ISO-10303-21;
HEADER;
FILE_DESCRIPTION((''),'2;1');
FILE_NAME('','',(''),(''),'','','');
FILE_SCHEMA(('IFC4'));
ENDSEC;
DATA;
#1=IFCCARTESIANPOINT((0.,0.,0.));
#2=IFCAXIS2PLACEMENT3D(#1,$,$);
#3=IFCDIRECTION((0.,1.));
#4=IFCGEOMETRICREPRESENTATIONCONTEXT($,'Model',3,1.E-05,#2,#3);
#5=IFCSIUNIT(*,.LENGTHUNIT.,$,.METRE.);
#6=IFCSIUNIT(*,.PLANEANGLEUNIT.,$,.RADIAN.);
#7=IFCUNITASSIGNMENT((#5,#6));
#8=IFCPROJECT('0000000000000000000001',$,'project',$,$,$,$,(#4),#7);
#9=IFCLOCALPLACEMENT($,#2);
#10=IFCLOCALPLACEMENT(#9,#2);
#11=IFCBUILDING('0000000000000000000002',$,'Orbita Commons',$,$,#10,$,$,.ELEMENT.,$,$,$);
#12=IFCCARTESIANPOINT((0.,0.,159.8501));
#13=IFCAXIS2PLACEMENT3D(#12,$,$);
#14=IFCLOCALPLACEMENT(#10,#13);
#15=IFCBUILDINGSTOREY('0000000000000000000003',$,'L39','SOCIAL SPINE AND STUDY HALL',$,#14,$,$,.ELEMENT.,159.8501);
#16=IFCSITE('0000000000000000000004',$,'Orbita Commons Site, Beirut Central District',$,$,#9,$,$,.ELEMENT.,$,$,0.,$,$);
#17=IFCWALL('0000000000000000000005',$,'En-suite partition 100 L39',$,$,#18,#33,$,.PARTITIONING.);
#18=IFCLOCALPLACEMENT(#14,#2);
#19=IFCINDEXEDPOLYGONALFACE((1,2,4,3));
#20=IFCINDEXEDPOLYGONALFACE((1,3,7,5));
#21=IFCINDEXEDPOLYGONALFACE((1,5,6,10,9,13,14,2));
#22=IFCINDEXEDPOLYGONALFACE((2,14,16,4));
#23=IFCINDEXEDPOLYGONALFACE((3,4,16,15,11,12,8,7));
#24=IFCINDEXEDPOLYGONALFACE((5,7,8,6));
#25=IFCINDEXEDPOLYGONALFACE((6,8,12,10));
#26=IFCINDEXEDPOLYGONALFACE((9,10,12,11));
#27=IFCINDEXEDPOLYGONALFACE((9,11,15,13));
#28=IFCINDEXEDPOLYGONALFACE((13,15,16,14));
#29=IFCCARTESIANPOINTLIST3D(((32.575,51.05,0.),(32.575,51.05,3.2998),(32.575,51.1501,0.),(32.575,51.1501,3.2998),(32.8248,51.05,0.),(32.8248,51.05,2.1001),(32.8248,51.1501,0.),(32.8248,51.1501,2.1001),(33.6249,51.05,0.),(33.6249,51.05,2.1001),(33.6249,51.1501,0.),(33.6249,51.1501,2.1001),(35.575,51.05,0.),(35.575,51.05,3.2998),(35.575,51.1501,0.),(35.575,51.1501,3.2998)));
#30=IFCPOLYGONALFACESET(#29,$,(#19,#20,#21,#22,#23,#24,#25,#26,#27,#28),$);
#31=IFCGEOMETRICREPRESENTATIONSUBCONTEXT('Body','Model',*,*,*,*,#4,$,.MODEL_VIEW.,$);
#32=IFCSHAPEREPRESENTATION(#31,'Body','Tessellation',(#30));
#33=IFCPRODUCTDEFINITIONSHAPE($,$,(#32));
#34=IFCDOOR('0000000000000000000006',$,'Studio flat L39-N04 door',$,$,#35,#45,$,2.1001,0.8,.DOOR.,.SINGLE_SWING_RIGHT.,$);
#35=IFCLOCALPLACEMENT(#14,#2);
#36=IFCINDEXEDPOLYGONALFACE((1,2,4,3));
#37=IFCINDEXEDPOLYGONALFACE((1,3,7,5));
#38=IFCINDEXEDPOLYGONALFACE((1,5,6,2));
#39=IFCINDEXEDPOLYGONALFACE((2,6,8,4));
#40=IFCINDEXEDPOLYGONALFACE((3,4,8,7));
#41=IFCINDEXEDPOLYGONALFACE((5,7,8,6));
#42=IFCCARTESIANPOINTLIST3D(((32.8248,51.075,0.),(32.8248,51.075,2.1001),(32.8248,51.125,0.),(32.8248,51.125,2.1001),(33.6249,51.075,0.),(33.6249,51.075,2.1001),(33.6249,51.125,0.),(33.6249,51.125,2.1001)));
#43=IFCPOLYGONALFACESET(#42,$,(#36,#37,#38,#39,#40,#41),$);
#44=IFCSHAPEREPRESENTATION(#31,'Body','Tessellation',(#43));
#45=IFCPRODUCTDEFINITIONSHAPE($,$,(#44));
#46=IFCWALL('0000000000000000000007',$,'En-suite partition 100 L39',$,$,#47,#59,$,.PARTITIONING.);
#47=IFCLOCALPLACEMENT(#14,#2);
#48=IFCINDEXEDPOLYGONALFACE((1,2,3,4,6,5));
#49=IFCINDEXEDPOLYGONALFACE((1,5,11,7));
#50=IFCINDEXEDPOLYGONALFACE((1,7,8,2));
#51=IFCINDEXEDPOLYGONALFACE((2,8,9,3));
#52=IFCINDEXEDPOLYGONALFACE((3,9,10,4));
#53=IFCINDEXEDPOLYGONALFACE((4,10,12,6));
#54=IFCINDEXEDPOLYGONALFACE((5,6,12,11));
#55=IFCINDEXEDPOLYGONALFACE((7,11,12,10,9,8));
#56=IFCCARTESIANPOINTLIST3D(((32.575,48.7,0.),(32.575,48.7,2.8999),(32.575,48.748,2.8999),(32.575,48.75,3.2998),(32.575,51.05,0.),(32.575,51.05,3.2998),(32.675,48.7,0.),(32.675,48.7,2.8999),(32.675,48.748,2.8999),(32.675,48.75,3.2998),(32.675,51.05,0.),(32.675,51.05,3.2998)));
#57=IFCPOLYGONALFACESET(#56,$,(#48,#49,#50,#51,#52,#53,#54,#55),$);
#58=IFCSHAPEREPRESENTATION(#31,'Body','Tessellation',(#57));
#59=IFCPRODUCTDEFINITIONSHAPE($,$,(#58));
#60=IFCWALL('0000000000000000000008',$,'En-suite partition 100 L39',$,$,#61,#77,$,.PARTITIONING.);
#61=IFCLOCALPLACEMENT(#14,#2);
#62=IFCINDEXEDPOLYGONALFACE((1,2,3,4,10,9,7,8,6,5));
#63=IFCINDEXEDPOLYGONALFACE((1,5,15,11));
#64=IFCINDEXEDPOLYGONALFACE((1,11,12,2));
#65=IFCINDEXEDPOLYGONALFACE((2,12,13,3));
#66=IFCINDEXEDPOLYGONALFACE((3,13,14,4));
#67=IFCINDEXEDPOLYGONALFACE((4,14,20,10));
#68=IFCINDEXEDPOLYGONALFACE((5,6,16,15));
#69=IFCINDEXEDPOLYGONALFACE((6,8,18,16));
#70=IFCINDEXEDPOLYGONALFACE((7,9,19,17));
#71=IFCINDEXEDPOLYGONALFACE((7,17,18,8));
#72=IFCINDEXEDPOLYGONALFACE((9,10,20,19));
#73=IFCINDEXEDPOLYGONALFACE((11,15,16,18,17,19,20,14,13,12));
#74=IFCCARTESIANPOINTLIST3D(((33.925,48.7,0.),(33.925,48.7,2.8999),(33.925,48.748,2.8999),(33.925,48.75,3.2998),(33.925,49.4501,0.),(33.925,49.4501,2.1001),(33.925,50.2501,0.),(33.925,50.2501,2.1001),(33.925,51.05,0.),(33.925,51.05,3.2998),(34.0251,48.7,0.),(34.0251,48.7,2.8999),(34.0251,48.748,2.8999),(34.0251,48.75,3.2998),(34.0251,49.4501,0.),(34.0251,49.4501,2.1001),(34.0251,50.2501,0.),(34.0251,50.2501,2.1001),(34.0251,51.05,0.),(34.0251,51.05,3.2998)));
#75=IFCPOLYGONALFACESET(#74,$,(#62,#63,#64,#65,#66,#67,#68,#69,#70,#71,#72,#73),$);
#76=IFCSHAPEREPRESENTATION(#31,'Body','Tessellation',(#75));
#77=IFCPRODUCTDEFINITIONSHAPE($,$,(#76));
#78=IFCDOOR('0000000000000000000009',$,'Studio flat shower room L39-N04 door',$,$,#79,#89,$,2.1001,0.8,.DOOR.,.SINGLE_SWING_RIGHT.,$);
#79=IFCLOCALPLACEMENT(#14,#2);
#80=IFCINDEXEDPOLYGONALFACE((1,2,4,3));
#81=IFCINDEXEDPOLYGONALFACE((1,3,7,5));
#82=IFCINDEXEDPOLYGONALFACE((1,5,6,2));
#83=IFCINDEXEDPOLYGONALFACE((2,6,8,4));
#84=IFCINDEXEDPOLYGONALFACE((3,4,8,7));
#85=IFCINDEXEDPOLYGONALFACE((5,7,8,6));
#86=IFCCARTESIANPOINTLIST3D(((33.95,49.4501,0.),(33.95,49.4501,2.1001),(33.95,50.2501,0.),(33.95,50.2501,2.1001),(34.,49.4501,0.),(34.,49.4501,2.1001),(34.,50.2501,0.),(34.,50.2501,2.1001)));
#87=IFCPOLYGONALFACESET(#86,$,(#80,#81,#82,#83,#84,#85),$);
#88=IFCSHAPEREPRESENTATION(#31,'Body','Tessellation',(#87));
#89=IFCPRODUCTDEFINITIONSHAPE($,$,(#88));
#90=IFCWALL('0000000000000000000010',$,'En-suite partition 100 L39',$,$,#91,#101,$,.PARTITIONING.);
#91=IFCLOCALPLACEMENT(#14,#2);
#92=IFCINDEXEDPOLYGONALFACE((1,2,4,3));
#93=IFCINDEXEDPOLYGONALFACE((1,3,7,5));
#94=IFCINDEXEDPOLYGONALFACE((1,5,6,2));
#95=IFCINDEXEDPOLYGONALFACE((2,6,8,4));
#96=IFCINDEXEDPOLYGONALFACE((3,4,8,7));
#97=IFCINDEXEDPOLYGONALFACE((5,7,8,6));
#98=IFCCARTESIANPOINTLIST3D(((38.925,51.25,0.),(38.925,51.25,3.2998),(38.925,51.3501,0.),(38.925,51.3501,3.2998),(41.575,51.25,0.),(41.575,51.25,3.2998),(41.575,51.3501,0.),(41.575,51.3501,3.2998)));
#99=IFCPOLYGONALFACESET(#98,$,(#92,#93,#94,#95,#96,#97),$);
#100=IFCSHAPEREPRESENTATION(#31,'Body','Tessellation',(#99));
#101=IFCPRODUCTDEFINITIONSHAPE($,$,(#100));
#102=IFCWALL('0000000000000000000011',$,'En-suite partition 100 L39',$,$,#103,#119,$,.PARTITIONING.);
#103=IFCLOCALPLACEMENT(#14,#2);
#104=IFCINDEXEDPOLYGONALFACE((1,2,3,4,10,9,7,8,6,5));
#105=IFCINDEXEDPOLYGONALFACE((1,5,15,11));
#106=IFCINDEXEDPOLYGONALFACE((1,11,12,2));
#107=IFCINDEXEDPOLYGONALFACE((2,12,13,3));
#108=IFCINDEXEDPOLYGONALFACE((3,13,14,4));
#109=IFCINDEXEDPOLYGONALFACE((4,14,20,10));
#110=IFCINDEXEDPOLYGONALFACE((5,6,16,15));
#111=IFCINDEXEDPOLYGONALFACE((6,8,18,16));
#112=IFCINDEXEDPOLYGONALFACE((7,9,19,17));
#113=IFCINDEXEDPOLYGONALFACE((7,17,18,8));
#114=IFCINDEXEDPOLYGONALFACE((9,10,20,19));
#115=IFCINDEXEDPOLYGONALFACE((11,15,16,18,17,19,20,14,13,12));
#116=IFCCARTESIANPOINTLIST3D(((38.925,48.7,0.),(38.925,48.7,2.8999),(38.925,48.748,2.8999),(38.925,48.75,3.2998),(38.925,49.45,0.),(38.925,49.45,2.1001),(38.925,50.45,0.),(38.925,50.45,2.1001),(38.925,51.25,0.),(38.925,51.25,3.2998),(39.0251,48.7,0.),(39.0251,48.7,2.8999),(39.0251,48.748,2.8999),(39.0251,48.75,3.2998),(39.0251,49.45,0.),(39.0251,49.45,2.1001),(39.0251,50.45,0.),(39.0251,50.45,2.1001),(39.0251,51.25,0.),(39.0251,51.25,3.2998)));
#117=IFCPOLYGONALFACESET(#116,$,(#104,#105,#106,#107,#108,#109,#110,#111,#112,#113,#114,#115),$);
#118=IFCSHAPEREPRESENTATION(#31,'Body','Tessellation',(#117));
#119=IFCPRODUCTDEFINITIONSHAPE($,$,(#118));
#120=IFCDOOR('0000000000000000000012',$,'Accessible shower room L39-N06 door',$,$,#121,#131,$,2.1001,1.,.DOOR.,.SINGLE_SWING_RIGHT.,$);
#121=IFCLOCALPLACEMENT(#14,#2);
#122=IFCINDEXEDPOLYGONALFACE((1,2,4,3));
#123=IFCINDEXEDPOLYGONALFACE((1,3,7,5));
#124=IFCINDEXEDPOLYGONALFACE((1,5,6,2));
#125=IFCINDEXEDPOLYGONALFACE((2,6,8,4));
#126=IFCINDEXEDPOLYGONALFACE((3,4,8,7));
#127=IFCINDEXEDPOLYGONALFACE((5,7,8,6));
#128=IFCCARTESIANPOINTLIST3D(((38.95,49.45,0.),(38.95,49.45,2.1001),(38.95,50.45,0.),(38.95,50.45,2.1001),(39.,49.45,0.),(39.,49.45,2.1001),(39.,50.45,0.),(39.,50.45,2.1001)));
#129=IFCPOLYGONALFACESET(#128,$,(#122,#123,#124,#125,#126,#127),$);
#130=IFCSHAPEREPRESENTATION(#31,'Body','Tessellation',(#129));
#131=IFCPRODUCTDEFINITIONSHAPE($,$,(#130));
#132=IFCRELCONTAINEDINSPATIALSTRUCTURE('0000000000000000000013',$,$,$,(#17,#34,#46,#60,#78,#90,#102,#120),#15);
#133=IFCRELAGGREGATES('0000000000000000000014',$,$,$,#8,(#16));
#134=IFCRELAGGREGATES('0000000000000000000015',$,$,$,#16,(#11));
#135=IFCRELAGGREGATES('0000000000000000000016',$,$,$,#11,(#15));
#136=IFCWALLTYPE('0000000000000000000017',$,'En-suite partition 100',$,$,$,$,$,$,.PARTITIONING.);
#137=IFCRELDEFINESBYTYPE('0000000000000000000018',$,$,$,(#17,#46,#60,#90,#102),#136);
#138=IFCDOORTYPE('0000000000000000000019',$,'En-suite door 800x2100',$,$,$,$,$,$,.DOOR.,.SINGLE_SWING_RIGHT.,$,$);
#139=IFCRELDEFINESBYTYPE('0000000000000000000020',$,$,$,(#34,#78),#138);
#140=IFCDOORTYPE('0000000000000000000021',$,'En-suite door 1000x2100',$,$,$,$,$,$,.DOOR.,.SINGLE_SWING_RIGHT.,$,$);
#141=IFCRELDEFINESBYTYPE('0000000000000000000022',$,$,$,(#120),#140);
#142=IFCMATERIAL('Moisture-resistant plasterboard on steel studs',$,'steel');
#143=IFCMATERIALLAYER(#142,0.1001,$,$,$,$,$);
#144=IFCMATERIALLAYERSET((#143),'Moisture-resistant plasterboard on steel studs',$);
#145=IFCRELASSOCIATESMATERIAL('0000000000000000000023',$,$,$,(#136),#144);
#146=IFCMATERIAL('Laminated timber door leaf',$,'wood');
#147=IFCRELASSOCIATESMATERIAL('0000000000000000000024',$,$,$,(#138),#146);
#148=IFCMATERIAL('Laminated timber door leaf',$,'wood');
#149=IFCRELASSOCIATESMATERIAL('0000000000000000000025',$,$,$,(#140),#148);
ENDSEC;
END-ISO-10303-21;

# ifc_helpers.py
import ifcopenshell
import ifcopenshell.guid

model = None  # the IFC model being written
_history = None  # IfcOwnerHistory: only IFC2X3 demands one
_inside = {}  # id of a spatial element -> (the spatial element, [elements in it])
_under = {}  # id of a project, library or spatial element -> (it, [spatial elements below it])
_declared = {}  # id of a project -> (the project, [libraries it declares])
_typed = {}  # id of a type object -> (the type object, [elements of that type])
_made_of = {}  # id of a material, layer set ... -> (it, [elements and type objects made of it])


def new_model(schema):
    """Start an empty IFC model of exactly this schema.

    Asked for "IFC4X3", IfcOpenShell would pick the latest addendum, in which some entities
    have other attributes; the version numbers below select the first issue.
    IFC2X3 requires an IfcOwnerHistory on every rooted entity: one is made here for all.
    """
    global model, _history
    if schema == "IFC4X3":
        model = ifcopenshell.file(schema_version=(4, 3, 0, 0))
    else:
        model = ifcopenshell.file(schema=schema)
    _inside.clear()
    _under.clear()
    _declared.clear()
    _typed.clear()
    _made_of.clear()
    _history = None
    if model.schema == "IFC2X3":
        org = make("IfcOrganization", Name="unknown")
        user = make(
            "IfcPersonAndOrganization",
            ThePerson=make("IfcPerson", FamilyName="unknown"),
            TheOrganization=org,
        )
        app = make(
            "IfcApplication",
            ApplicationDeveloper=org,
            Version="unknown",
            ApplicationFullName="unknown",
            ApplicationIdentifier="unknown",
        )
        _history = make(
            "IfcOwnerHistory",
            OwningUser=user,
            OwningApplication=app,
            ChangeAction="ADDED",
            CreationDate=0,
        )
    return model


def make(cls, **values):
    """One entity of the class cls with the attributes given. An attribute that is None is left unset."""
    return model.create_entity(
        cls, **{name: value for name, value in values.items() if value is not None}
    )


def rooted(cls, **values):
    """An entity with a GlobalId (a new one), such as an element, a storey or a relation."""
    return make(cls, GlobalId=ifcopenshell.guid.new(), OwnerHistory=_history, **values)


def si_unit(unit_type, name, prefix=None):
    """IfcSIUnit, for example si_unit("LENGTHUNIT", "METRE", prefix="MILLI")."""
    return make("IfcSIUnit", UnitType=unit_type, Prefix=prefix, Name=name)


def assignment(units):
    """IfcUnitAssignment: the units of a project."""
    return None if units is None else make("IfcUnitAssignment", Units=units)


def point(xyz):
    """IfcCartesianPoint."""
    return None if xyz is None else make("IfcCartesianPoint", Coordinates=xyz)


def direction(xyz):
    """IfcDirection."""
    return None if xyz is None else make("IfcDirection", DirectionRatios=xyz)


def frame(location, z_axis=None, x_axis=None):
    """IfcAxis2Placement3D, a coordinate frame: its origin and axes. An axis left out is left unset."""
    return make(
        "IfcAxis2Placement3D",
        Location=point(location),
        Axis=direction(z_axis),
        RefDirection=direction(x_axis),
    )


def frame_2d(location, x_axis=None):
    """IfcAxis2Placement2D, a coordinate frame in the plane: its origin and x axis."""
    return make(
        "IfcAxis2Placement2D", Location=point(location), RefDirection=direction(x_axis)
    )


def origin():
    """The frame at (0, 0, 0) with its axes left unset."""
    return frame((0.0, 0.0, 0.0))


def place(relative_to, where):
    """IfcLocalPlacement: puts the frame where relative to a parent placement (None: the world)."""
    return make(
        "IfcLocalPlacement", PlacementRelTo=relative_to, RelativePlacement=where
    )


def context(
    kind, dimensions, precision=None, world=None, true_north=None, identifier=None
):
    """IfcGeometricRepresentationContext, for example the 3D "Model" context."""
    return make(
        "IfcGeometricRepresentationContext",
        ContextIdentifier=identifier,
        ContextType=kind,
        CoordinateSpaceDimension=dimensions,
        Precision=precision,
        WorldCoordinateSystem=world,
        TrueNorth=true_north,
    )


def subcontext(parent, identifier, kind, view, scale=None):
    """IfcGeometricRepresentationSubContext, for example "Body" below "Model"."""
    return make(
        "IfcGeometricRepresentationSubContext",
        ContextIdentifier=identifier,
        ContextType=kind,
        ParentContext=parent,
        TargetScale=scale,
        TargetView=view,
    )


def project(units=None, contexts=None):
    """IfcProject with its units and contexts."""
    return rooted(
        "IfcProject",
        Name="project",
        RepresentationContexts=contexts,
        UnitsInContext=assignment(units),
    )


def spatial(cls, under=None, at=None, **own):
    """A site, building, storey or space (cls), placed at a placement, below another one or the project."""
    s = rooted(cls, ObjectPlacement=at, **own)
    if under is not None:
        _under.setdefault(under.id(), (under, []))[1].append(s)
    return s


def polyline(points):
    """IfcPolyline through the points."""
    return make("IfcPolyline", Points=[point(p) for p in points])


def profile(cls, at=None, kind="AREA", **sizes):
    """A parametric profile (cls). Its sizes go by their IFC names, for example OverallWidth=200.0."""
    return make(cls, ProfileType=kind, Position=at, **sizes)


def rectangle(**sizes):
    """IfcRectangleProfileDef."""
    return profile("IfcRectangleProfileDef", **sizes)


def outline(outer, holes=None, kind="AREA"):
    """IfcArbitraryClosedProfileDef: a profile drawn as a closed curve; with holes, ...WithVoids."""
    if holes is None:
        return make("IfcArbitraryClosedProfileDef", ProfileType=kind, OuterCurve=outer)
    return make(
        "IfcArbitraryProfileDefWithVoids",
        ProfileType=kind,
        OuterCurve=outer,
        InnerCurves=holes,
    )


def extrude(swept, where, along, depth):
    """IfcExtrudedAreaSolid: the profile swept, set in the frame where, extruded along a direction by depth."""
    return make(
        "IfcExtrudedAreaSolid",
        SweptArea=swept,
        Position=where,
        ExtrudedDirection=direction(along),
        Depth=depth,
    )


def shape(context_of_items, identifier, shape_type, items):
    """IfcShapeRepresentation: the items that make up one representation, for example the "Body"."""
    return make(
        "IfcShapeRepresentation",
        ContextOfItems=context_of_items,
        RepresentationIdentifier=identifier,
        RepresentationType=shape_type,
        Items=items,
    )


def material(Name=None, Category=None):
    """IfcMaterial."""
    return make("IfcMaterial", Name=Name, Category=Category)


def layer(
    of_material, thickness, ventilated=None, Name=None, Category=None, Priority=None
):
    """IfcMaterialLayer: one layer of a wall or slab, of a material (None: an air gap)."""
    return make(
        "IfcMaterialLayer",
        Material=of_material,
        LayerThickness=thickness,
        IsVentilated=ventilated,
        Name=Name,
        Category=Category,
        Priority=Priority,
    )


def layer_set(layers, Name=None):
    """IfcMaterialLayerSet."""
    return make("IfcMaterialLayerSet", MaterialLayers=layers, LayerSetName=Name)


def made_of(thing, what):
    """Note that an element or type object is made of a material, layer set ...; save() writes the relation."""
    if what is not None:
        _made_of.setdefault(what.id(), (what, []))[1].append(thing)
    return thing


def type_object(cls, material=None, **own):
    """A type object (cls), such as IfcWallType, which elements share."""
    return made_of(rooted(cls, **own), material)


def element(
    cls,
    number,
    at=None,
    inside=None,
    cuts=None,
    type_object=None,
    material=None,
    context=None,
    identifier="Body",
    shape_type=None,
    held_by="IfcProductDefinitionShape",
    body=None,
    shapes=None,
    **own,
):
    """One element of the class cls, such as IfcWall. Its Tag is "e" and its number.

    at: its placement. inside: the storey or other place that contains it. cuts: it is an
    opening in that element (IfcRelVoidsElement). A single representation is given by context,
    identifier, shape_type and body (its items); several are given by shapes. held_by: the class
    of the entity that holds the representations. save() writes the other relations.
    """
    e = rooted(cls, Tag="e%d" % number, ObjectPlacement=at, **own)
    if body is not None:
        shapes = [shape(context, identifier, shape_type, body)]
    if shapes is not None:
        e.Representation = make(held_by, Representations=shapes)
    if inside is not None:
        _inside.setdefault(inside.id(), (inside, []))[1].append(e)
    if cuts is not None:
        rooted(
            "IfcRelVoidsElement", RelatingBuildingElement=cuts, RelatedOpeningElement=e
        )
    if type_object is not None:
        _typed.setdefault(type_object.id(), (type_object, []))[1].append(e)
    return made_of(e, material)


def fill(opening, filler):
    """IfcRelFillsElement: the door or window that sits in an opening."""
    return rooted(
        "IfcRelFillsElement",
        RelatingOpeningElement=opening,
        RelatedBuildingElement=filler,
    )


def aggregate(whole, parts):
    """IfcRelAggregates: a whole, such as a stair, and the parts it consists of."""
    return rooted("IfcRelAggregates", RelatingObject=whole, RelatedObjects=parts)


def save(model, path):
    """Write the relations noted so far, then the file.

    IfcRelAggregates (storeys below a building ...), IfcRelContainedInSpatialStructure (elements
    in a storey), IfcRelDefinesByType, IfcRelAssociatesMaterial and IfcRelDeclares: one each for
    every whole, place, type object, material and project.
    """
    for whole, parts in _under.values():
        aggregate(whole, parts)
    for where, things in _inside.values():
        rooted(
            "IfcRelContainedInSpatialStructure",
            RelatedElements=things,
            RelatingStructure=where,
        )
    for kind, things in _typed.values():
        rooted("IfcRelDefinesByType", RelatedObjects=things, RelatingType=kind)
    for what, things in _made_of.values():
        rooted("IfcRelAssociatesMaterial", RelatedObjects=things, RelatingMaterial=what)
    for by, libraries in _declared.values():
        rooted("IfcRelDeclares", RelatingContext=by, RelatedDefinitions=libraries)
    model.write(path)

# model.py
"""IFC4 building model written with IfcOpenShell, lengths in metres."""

from ifc_helpers import new_model, si_unit, direction, frame, frame_2d, origin, place, context, subcontext, project, spatial, polyline, rectangle, outline, extrude, material, layer, layer_set, type_object, element, fill, save


model = new_model("IFC4")

# Units and contexts
model_context = context("Model", 3, precision=1e-05, world=origin(), true_north=direction((0.0, 1.0)))
body_context = subcontext(model_context, "Body", "Model", "MODEL_VIEW")
ifc_project = project(units=[si_unit("LENGTHUNIT", "METRE"), si_unit("PLANEANGLEUNIT", "RADIAN")], contexts=[model_context])

# Site, building, storey
site_placement = place(None, origin())
site = spatial("IfcSite", under=ifc_project, at=site_placement, Name="Orbita Commons Site, Beirut Central District", CompositionType="ELEMENT", RefElevation=0.0)
building_placement = place(site_placement, origin())
building = spatial("IfcBuilding", under=site, at=building_placement, Name="Orbita Commons", CompositionType="ELEMENT")
storey_placement = place(building_placement, frame((0.0, 0.0, 159.8501)))
storey = spatial("IfcBuildingStorey", under=building, at=storey_placement, Name="L39", Description="SOCIAL SPINE AND STUDY HALL", CompositionType="ELEMENT", Elevation=159.8501)

# Shared definitions
ifc_material_1 = material(Name="Moisture-resistant plasterboard on steel studs", Category="steel")
ifc_layer_1 = layer(ifc_material_1, 0.1001)
ifc_layer_set_1 = layer_set([ifc_layer_1], Name="Moisture-resistant plasterboard on steel studs")
wall_type_1 = type_object("IfcWallType", Name="En-suite partition 100", PredefinedType="PARTITIONING", material=ifc_layer_set_1)

# Wall, opening, door
wall_1_placement = place(storey_placement, frame((32.575, 51.1001, 0.0), z_axis=(0.0, 0.0, 1.0), x_axis=(1.0, 0.0, 0.0)))
wall_1 = element("IfcWall", 1, at=wall_1_placement, inside=storey, type_object=wall_type_1, Name="En-suite partition 100 L39", PredefinedType="PARTITIONING", context=body_context, shape_type="SweptSolid", body=[
    extrude(rectangle(XDim=3.0, YDim=0.1001, at=frame_2d((1.5, 0.0))), origin(), (0.0, 0.0, 1.0), 3.2998),
])
opening_1_placement = place(wall_1_placement, frame((0.25, 0.0, 0.0)))
opening_1 = element("IfcOpeningElement", 2, at=opening_1_placement, cuts=wall_1, PredefinedType="OPENING", context=body_context, shape_type="SweptSolid", body=[
    extrude(rectangle(XDim=0.8, YDim=2.1001, at=frame_2d((0.3999, 1.05))), frame((0.0, 0.0601, 0.0), z_axis=(0.0, -1.0, 0.0), x_axis=(1.0, 0.0, 0.0)), (0.0, 0.0, 1.0), 0.1201),
])
ifc_material_2 = material(Name="Laminated timber door leaf", Category="wood")
door_type_1 = type_object("IfcDoorType", Name="En-suite door 800x2100", OperationType="SINGLE_SWING_RIGHT", PredefinedType="DOOR", material=ifc_material_2)
door_1_placement = place(opening_1_placement, origin())
door_1 = element("IfcDoor", 3, at=door_1_placement, inside=storey, type_object=door_type_1, Name="Studio flat L39-N04 door", OperationType="SINGLE_SWING_RIGHT", OverallHeight=2.1001, OverallWidth=0.8, PredefinedType="DOOR", context=body_context, shape_type="SweptSolid", body=[
    extrude(rectangle(XDim=0.8, YDim=2.1001, at=frame_2d((0.3999, 1.05))), frame((0.0, 0.0249, 0.0), z_axis=(0.0, -1.0, 0.0), x_axis=(1.0, 0.0, 0.0)), (0.0, 0.0, 1.0), 0.05),
])
fill(opening_1, door_1)

# Wall
wall_2_placement = place(storey_placement, frame((32.625, 51.05, 0.0), z_axis=(0.0, 0.0, 1.0), x_axis=(0.0, -1.0, 0.0)))
element("IfcWall", 4, at=wall_2_placement, inside=storey, type_object=wall_type_1, Name="En-suite partition 100 L39", PredefinedType="PARTITIONING", context=body_context, shape_type="SweptSolid", body=[
    extrude(outline(polyline([(0.0, 0.0), (2.3501, 0.0), (2.3501, 2.8999), (2.302, 2.8999), (2.3, 3.2998), (0.0, 3.2998), (0.0, 0.0)])), frame((0.0, 0.05, 0.0), z_axis=(0.0, -1.0, 0.0), x_axis=(1.0, 0.0, 0.0)), (0.0, 0.0, 1.0), 0.1001),
])

# Wall, opening, door
wall_3_placement = place(storey_placement, frame((33.9751, 51.05, 0.0), z_axis=(0.0, 0.0, 1.0), x_axis=(0.0, -1.0, 0.0)))
wall_3 = element("IfcWall", 5, at=wall_3_placement, inside=storey, type_object=wall_type_1, Name="En-suite partition 100 L39", PredefinedType="PARTITIONING", context=body_context, shape_type="SweptSolid", body=[
    extrude(outline(polyline([(0.0, 0.0), (2.3501, 0.0), (2.3501, 2.8999), (2.302, 2.8999), (2.3, 3.2998), (0.0, 3.2998), (0.0, 0.0)])), frame((0.0, 0.05, 0.0), z_axis=(0.0, -1.0, 0.0), x_axis=(1.0, 0.0, 0.0)), (0.0, 0.0, 1.0), 0.1001),
])
opening_2_placement = place(wall_3_placement, frame((0.8, 0.0, 0.0)))
opening_2 = element("IfcOpeningElement", 6, at=opening_2_placement, cuts=wall_3, PredefinedType="OPENING", context=body_context, shape_type="SweptSolid", body=[
    extrude(rectangle(XDim=0.8, YDim=2.1001, at=frame_2d((0.3999, 1.05))), frame((0.0, 0.0601, 0.0), z_axis=(0.0, -1.0, 0.0), x_axis=(1.0, 0.0, 0.0)), (0.0, 0.0, 1.0), 0.1201),
])
door_2_placement = place(opening_2_placement, origin())
door_2 = element("IfcDoor", 7, at=door_2_placement, inside=storey, type_object=door_type_1, Name="Studio flat shower room L39-N04 door", OperationType="SINGLE_SWING_RIGHT", OverallHeight=2.1001, OverallWidth=0.8, PredefinedType="DOOR", context=body_context, shape_type="SweptSolid", body=[
    extrude(rectangle(XDim=0.8, YDim=2.1001, at=frame_2d((0.3999, 1.05))), frame((0.0, 0.0249, 0.0), z_axis=(0.0, -1.0, 0.0), x_axis=(1.0, 0.0, 0.0)), (0.0, 0.0, 1.0), 0.05),
])
fill(opening_2, door_2)

# Wall
wall_4_placement = place(storey_placement, frame((38.925, 51.3, 0.0), z_axis=(0.0, 0.0, 1.0), x_axis=(1.0, 0.0, 0.0)))
element("IfcWall", 8, at=wall_4_placement, inside=storey, type_object=wall_type_1, Name="En-suite partition 100 L39", PredefinedType="PARTITIONING", context=body_context, shape_type="SweptSolid", body=[
    extrude(rectangle(XDim=2.6499, YDim=0.1001, at=frame_2d((1.325, 0.0))), origin(), (0.0, 0.0, 1.0), 3.2998),
])

# Wall, opening, door
wall_5_placement = place(storey_placement, frame((38.9751, 51.25, 0.0), z_axis=(0.0, 0.0, 1.0), x_axis=(0.0, -1.0, 0.0)))
wall_5 = element("IfcWall", 9, at=wall_5_placement, inside=storey, type_object=wall_type_1, Name="En-suite partition 100 L39", PredefinedType="PARTITIONING", context=body_context, shape_type="SweptSolid", body=[
    extrude(outline(polyline([(0.0, 0.0), (2.55, 0.0), (2.55, 2.8999), (2.502, 2.8999), (2.5, 3.2998), (0.0, 3.2998), (0.0, 0.0)])), frame((0.0, 0.05, 0.0), z_axis=(0.0, -1.0, 0.0), x_axis=(1.0, 0.0, 0.0)), (0.0, 0.0, 1.0), 0.1001),
])
opening_3_placement = place(wall_5_placement, frame((0.8, 0.0, 0.0)))
opening_3 = element("IfcOpeningElement", 10, at=opening_3_placement, cuts=wall_5, PredefinedType="OPENING", context=body_context, shape_type="SweptSolid", body=[
    extrude(rectangle(XDim=1.0, YDim=2.1001, at=frame_2d((0.5, 1.05))), frame((0.0, 0.0601, 0.0), z_axis=(0.0, -1.0, 0.0), x_axis=(1.0, 0.0, 0.0)), (0.0, 0.0, 1.0), 0.1201),
])
ifc_material_3 = material(Name="Laminated timber door leaf", Category="wood")
door_type_2 = type_object("IfcDoorType", Name="En-suite door 1000x2100", OperationType="SINGLE_SWING_RIGHT", PredefinedType="DOOR", material=ifc_material_3)
door_3_placement = place(opening_3_placement, origin())
door_3 = element("IfcDoor", 11, at=door_3_placement, inside=storey, type_object=door_type_2, Name="Accessible shower room L39-N06 door", OperationType="SINGLE_SWING_RIGHT", OverallHeight=2.1001, OverallWidth=1.0, PredefinedType="DOOR", context=body_context, shape_type="SweptSolid", body=[
    extrude(rectangle(XDim=1.0, YDim=2.1001, at=frame_2d((0.5, 1.05))), frame((0.0, 0.0249, 0.0), z_axis=(0.0, -1.0, 0.0), x_axis=(1.0, 0.0, 0.0)), (0.0, 0.0, 1.0), 0.05),
])
fill(opening_3, door_3)

save(model, "model.ifc")
